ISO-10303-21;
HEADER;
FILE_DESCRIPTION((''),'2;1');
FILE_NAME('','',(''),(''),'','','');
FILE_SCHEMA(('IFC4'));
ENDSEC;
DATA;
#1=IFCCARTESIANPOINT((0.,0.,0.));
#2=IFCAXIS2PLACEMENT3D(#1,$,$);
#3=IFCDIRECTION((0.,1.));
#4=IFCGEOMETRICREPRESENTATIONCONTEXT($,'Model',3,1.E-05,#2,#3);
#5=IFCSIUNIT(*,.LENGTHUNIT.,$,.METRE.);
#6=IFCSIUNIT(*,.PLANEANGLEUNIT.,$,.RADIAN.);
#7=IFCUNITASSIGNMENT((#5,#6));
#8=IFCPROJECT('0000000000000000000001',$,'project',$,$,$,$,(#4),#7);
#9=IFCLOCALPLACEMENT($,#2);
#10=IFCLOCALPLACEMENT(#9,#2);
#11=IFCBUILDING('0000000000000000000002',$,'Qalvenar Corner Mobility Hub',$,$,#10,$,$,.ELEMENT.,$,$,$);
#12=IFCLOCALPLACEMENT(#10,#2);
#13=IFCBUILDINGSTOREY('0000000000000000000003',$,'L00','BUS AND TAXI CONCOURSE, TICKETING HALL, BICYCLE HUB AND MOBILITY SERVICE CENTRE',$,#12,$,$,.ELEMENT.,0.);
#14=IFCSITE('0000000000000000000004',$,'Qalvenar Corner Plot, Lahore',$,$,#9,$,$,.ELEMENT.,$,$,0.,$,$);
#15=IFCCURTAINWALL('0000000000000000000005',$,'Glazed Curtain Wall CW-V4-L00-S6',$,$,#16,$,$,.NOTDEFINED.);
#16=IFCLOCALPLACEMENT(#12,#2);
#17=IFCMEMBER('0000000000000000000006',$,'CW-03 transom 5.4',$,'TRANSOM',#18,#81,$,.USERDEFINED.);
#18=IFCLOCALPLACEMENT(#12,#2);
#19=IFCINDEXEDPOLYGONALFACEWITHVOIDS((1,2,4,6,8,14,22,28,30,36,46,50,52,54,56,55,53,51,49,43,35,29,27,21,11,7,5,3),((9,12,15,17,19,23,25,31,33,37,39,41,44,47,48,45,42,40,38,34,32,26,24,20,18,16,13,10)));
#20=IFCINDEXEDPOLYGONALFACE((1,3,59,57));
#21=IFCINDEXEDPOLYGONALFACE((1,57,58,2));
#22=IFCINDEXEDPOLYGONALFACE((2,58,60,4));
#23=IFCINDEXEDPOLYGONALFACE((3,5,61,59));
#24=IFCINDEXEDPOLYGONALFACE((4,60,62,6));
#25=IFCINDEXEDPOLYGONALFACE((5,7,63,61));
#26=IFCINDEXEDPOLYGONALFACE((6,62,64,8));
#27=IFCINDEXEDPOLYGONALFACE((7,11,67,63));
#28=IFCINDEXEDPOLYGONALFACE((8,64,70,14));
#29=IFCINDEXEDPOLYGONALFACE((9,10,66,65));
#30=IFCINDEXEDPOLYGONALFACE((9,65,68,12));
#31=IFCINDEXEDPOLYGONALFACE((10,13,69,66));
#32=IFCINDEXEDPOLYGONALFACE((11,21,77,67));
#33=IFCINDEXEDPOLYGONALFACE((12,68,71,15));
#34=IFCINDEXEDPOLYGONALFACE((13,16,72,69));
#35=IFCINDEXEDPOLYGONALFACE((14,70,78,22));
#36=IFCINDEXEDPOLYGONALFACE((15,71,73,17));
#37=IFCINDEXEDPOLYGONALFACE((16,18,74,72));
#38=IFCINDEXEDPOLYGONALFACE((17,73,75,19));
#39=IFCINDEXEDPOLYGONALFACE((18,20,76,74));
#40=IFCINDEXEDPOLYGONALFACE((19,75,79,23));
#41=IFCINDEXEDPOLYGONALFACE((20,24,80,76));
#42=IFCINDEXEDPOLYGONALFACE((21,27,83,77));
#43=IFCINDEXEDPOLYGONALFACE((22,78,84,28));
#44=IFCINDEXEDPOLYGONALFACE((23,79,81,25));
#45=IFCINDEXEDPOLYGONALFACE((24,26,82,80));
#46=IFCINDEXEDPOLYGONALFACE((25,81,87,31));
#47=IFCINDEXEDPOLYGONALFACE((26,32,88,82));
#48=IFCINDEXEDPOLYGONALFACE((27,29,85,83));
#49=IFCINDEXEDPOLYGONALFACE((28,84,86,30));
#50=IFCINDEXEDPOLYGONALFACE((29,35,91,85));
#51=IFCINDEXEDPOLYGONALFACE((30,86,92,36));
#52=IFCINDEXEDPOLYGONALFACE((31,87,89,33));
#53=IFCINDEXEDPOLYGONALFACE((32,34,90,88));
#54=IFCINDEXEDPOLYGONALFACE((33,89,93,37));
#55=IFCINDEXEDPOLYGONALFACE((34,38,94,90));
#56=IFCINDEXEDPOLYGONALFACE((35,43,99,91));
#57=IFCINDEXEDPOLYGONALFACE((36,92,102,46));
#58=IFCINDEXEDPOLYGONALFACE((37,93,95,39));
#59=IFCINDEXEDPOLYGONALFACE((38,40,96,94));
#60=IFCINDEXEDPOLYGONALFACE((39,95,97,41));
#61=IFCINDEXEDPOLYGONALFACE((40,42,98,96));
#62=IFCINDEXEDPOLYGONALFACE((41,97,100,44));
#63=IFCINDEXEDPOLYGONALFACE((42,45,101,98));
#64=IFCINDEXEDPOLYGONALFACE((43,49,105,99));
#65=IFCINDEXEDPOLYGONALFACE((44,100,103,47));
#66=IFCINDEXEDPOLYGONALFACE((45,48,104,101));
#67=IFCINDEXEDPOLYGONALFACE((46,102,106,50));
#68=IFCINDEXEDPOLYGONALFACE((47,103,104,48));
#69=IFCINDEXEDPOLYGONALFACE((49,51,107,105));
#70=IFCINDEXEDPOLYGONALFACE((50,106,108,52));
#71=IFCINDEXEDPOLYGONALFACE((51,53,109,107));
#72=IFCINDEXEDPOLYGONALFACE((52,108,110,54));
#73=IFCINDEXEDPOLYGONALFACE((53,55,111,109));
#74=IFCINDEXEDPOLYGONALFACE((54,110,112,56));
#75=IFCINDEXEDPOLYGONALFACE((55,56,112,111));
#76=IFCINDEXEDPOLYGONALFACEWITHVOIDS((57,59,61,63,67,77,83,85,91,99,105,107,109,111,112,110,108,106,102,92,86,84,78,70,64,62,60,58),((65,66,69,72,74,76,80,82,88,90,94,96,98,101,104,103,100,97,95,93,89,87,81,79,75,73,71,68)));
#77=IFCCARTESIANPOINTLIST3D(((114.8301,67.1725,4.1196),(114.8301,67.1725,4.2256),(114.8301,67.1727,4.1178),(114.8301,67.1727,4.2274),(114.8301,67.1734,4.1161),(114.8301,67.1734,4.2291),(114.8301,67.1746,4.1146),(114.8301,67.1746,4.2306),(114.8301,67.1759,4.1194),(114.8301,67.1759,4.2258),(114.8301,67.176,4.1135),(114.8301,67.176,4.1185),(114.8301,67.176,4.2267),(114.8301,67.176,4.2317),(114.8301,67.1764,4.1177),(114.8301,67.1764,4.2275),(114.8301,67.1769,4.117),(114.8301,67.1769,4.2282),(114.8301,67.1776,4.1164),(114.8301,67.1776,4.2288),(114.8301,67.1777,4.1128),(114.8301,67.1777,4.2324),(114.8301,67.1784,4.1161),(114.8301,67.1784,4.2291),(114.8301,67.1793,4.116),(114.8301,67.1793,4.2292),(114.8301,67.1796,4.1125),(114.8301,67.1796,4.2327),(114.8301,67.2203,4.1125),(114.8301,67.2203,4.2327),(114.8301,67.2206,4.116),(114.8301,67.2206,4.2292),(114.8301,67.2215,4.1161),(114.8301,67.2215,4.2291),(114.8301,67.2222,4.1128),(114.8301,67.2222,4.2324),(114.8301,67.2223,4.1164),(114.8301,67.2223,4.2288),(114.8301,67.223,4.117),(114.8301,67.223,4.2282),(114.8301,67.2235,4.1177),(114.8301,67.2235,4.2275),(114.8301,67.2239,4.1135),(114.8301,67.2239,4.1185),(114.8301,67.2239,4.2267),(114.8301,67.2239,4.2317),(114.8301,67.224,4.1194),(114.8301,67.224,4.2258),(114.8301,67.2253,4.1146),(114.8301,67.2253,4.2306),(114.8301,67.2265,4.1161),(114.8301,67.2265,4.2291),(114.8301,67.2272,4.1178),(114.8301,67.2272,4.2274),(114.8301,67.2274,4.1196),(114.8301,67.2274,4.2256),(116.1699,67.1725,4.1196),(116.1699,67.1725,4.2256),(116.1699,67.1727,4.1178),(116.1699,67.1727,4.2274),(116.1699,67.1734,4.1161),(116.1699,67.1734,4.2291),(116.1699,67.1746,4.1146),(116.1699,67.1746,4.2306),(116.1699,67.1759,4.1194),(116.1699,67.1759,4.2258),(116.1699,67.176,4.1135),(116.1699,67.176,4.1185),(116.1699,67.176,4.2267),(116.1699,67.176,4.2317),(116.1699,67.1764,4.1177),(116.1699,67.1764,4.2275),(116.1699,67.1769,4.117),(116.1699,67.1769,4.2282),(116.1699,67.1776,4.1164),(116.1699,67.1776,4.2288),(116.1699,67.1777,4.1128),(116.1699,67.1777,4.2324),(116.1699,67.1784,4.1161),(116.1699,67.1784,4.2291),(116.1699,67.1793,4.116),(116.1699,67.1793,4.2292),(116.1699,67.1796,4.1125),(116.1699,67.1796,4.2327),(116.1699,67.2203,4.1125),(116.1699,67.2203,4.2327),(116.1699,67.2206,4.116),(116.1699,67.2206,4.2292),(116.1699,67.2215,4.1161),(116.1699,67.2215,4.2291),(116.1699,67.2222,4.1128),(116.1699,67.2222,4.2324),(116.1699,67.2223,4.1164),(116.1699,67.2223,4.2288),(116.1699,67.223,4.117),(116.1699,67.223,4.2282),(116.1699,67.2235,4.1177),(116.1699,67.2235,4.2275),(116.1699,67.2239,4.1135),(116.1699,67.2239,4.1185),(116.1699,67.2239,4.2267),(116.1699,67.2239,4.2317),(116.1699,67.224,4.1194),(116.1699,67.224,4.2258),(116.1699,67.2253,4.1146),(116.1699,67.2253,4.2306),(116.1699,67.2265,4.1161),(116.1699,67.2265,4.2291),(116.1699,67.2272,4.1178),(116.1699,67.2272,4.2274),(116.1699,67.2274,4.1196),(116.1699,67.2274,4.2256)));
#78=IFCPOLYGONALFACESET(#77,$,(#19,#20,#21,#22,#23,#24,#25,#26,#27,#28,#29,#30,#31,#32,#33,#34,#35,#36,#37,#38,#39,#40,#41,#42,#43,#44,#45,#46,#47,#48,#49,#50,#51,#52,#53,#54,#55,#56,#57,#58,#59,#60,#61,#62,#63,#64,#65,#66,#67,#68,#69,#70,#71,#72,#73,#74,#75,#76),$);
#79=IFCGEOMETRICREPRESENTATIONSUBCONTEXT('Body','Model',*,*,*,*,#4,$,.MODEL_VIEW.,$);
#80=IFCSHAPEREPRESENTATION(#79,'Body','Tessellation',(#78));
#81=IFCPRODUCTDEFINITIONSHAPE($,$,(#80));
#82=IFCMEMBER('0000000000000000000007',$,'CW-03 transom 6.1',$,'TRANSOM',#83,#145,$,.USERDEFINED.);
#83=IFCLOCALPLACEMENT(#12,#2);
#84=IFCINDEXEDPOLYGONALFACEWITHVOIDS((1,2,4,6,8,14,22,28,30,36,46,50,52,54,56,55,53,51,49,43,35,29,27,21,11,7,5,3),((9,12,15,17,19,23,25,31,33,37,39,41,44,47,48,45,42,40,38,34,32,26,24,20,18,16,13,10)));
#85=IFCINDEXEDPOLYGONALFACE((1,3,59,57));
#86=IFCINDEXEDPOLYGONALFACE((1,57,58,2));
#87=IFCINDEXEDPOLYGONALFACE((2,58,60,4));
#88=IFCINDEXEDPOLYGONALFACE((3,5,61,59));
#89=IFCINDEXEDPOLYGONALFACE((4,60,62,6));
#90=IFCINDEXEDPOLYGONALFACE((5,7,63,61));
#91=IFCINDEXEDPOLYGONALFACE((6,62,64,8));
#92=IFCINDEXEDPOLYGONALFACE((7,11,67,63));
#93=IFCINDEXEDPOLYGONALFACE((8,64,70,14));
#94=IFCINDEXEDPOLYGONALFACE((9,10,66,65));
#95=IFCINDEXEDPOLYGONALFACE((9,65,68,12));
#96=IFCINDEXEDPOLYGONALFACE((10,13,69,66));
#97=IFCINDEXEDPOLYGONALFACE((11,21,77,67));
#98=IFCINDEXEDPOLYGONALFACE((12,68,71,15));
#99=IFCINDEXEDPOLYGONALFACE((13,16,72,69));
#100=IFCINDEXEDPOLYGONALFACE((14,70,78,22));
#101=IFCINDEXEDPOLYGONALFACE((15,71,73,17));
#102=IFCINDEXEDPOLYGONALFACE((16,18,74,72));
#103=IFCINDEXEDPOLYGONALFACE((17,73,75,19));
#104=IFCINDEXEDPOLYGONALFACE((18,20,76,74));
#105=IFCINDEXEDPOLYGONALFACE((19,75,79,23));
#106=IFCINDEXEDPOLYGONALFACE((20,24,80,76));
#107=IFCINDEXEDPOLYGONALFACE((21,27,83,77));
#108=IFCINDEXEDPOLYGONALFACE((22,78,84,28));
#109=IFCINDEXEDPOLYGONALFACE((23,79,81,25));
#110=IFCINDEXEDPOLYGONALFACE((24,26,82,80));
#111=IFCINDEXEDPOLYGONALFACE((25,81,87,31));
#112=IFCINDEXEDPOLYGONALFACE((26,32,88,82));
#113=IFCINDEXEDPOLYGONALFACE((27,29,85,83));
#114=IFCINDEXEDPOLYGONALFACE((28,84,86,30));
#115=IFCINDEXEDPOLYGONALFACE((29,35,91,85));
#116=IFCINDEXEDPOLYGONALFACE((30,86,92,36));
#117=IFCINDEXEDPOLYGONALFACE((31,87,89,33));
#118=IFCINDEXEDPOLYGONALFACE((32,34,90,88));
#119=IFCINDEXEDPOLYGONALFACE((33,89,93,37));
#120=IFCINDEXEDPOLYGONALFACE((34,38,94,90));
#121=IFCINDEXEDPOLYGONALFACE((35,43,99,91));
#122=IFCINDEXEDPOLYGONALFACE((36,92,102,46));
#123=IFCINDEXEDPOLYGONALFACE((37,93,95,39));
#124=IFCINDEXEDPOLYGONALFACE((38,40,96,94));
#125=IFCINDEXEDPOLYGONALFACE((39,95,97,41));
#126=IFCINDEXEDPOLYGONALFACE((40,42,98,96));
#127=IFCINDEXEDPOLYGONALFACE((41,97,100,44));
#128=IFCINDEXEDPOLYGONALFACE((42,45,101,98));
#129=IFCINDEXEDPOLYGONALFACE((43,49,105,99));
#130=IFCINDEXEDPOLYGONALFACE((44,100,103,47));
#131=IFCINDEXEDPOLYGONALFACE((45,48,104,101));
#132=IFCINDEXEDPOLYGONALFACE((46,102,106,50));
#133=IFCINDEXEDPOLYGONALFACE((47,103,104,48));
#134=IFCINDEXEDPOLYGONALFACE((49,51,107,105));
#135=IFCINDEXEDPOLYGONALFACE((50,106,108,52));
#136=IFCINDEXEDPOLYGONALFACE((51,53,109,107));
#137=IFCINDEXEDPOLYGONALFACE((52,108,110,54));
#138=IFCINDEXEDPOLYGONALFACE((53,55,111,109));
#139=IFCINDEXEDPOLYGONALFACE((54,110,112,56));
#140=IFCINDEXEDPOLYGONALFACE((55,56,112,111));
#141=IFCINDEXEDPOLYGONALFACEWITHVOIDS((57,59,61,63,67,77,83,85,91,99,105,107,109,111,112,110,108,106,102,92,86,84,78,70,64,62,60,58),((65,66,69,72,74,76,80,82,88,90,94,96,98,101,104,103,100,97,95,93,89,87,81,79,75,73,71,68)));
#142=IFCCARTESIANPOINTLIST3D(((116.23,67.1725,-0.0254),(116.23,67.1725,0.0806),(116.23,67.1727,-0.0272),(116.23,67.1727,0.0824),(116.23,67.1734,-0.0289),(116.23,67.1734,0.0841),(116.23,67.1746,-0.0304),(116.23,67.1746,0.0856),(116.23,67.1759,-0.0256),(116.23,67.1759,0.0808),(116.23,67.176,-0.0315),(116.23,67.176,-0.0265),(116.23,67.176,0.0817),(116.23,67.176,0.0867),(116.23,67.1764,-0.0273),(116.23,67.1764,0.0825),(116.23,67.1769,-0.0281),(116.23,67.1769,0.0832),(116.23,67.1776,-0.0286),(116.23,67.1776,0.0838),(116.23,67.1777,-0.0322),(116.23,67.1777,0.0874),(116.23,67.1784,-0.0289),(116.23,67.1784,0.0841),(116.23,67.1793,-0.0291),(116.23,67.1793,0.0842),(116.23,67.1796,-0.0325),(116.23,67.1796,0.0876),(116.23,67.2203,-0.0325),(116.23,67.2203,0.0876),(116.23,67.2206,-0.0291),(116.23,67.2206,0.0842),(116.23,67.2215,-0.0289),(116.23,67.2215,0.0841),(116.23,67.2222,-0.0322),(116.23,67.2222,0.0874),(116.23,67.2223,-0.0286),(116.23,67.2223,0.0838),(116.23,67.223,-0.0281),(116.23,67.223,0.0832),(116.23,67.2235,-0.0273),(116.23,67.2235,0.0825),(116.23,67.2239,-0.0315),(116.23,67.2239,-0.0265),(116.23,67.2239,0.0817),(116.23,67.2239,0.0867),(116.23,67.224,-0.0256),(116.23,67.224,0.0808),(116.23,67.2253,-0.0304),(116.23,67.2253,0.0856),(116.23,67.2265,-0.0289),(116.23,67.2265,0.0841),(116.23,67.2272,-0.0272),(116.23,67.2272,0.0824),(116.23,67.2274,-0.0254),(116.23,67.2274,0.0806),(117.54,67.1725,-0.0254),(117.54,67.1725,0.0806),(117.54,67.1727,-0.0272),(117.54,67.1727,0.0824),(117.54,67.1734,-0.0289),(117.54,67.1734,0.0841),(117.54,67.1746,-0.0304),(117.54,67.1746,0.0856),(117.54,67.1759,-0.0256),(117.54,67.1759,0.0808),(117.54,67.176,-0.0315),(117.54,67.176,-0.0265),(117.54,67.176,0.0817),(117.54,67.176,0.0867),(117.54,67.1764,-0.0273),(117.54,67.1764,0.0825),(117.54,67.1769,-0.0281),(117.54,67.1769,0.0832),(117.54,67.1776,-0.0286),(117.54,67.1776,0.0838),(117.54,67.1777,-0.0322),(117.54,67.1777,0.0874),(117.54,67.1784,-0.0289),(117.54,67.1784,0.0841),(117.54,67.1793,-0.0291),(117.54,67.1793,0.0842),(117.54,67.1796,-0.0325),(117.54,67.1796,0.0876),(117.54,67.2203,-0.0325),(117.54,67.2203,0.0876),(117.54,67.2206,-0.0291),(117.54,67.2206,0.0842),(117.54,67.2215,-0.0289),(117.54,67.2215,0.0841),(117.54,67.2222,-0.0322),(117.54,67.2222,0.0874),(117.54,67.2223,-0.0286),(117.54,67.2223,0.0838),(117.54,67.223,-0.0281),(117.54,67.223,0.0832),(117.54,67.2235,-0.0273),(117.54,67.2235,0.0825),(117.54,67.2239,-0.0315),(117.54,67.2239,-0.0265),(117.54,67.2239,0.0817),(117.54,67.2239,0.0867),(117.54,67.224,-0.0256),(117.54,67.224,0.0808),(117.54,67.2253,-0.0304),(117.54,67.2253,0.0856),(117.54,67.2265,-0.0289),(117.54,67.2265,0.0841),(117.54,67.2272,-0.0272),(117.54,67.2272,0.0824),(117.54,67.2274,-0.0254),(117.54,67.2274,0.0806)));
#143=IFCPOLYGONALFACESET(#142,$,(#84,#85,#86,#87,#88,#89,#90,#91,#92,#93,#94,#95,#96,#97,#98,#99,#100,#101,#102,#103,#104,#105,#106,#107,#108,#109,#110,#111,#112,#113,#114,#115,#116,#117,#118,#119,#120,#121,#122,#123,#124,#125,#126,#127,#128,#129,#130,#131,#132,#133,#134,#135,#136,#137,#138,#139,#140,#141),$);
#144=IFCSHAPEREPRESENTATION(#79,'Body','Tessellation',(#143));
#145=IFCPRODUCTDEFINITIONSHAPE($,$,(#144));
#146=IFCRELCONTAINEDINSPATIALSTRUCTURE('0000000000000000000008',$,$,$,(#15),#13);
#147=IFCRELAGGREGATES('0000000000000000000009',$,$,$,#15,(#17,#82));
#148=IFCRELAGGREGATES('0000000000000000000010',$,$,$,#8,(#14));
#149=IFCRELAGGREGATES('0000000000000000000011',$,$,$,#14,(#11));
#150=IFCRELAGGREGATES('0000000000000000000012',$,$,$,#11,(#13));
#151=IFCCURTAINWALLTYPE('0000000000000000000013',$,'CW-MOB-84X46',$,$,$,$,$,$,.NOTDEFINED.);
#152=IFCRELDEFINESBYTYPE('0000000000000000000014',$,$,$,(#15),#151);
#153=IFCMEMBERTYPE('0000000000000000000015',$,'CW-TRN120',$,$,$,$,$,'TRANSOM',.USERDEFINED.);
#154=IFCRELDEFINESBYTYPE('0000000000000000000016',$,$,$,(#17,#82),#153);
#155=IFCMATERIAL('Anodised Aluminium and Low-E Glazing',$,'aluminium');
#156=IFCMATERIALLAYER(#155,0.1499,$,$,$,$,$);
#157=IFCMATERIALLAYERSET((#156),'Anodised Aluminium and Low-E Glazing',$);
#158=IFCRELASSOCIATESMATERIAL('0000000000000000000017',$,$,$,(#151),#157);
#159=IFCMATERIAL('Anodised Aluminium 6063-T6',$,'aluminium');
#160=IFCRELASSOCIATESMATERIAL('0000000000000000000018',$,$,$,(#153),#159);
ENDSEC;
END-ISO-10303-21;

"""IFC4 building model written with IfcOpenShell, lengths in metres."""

from ifc_helpers import new_model, si_unit, direction, frame, origin, origin_2d, place, context, subcontext, project, spatial, hollow_rectangle, extrude, material, layer, layer_set, material_profile, profile_set, type_object, element, aggregate, save


model = new_model("IFC4")

# Units and contexts
model_context = context("Model", 3, precision=1e-05, world=origin(), true_north=direction((0.0, 1.0)))
body_context = subcontext(model_context, "Body", "Model", "MODEL_VIEW")
ifc_project = project(units=[si_unit("LENGTHUNIT", "METRE"), si_unit("PLANEANGLEUNIT", "RADIAN")], contexts=[model_context])

# Site, building, storey
site_placement = place(None, origin())
site = spatial("IfcSite", under=ifc_project, at=site_placement, Name="Qalvenar Corner Plot, Lahore", CompositionType="ELEMENT", RefElevation=0.0)
building_placement = place(site_placement, origin())
building = spatial("IfcBuilding", under=site, at=building_placement, Name="Qalvenar Corner Mobility Hub", CompositionType="ELEMENT")
storey_placement = place(building_placement, origin())
storey = spatial("IfcBuildingStorey", under=building, at=storey_placement, Name="L00", Description="BUS AND TAXI CONCOURSE, TICKETING HALL, BICYCLE HUB AND MOBILITY SERVICE CENTRE", CompositionType="ELEMENT", Elevation=0.0)

# Curtain wall, members
ifc_material_1 = material(Name="Anodised Aluminium and Low-E Glazing", Category="aluminium")
ifc_layer_1 = layer(ifc_material_1, 0.1499)
ifc_layer_set_1 = layer_set([ifc_layer_1], Name="Anodised Aluminium and Low-E Glazing")
curtain_wall_type = type_object("IfcCurtainWallType", Name="CW-MOB-84X46", PredefinedType="NOTDEFINED", material=ifc_layer_set_1)
curtain_wall_placement = place(storey_placement, origin())
curtain_wall = element("IfcCurtainWall", 1, at=curtain_wall_placement, inside=storey, type_object=curtain_wall_type, Name="Glazed Curtain Wall CW-V4-L00-S6", PredefinedType="NOTDEFINED")
ifc_material_2 = material(Name="Anodised Aluminium 6063-T6", Category="aluminium")
ifc_material_profile_1 = material_profile(ifc_material_2, hollow_rectangle(XDim=0.0549, YDim=0.1201, WallThickness=0.0034, InnerFilletRadius=0.0034, OuterFilletRadius=0.0071, at=origin_2d()), Name="RHS120x55x3.5")
ifc_profile_set_1 = profile_set([ifc_material_profile_1], Name="Anodised Aluminium 6063-T6")
member_type_1 = type_object("IfcMemberType", Name="CW-TRN120", ElementType="TRANSOM", PredefinedType="USERDEFINED", material=ifc_profile_set_1)
member_1_placement = place(storey_placement, frame((114.8301, 67.2, 4.1726), z_axis=(1.0, 0.0, 0.0), x_axis=(0.0, 1.0, 0.0)))
member_1 = element("IfcMember", 2, at=member_1_placement, type_object=member_type_1, Name="CW-03 transom 5.4", ObjectType="TRANSOM", PredefinedType="USERDEFINED", context=body_context, shape_type="SweptSolid", body=[
    extrude(hollow_rectangle(XDim=0.0549, YDim=0.1201, WallThickness=0.0034, InnerFilletRadius=0.0034, OuterFilletRadius=0.0071, at=origin_2d()), origin(), (0.0, 0.0, 1.0), 1.3398),
])
member_2_placement = place(storey_placement, frame((116.23, 67.2, 0.0276), z_axis=(1.0, 0.0, 0.0), x_axis=(0.0, 1.0, 0.0)))
member_2 = element("IfcMember", 3, at=member_2_placement, type_object=member_type_1, Name="CW-03 transom 6.1", ObjectType="TRANSOM", PredefinedType="USERDEFINED", context=body_context, shape_type="SweptSolid", body=[
    extrude(hollow_rectangle(XDim=0.0549, YDim=0.1201, WallThickness=0.0034, InnerFilletRadius=0.0034, OuterFilletRadius=0.0071, at=origin_2d()), origin(), (0.0, 0.0, 1.0), 1.3101),
])
aggregate(curtain_wall, [member_1, member_2])

save(model, "model.ifc")
